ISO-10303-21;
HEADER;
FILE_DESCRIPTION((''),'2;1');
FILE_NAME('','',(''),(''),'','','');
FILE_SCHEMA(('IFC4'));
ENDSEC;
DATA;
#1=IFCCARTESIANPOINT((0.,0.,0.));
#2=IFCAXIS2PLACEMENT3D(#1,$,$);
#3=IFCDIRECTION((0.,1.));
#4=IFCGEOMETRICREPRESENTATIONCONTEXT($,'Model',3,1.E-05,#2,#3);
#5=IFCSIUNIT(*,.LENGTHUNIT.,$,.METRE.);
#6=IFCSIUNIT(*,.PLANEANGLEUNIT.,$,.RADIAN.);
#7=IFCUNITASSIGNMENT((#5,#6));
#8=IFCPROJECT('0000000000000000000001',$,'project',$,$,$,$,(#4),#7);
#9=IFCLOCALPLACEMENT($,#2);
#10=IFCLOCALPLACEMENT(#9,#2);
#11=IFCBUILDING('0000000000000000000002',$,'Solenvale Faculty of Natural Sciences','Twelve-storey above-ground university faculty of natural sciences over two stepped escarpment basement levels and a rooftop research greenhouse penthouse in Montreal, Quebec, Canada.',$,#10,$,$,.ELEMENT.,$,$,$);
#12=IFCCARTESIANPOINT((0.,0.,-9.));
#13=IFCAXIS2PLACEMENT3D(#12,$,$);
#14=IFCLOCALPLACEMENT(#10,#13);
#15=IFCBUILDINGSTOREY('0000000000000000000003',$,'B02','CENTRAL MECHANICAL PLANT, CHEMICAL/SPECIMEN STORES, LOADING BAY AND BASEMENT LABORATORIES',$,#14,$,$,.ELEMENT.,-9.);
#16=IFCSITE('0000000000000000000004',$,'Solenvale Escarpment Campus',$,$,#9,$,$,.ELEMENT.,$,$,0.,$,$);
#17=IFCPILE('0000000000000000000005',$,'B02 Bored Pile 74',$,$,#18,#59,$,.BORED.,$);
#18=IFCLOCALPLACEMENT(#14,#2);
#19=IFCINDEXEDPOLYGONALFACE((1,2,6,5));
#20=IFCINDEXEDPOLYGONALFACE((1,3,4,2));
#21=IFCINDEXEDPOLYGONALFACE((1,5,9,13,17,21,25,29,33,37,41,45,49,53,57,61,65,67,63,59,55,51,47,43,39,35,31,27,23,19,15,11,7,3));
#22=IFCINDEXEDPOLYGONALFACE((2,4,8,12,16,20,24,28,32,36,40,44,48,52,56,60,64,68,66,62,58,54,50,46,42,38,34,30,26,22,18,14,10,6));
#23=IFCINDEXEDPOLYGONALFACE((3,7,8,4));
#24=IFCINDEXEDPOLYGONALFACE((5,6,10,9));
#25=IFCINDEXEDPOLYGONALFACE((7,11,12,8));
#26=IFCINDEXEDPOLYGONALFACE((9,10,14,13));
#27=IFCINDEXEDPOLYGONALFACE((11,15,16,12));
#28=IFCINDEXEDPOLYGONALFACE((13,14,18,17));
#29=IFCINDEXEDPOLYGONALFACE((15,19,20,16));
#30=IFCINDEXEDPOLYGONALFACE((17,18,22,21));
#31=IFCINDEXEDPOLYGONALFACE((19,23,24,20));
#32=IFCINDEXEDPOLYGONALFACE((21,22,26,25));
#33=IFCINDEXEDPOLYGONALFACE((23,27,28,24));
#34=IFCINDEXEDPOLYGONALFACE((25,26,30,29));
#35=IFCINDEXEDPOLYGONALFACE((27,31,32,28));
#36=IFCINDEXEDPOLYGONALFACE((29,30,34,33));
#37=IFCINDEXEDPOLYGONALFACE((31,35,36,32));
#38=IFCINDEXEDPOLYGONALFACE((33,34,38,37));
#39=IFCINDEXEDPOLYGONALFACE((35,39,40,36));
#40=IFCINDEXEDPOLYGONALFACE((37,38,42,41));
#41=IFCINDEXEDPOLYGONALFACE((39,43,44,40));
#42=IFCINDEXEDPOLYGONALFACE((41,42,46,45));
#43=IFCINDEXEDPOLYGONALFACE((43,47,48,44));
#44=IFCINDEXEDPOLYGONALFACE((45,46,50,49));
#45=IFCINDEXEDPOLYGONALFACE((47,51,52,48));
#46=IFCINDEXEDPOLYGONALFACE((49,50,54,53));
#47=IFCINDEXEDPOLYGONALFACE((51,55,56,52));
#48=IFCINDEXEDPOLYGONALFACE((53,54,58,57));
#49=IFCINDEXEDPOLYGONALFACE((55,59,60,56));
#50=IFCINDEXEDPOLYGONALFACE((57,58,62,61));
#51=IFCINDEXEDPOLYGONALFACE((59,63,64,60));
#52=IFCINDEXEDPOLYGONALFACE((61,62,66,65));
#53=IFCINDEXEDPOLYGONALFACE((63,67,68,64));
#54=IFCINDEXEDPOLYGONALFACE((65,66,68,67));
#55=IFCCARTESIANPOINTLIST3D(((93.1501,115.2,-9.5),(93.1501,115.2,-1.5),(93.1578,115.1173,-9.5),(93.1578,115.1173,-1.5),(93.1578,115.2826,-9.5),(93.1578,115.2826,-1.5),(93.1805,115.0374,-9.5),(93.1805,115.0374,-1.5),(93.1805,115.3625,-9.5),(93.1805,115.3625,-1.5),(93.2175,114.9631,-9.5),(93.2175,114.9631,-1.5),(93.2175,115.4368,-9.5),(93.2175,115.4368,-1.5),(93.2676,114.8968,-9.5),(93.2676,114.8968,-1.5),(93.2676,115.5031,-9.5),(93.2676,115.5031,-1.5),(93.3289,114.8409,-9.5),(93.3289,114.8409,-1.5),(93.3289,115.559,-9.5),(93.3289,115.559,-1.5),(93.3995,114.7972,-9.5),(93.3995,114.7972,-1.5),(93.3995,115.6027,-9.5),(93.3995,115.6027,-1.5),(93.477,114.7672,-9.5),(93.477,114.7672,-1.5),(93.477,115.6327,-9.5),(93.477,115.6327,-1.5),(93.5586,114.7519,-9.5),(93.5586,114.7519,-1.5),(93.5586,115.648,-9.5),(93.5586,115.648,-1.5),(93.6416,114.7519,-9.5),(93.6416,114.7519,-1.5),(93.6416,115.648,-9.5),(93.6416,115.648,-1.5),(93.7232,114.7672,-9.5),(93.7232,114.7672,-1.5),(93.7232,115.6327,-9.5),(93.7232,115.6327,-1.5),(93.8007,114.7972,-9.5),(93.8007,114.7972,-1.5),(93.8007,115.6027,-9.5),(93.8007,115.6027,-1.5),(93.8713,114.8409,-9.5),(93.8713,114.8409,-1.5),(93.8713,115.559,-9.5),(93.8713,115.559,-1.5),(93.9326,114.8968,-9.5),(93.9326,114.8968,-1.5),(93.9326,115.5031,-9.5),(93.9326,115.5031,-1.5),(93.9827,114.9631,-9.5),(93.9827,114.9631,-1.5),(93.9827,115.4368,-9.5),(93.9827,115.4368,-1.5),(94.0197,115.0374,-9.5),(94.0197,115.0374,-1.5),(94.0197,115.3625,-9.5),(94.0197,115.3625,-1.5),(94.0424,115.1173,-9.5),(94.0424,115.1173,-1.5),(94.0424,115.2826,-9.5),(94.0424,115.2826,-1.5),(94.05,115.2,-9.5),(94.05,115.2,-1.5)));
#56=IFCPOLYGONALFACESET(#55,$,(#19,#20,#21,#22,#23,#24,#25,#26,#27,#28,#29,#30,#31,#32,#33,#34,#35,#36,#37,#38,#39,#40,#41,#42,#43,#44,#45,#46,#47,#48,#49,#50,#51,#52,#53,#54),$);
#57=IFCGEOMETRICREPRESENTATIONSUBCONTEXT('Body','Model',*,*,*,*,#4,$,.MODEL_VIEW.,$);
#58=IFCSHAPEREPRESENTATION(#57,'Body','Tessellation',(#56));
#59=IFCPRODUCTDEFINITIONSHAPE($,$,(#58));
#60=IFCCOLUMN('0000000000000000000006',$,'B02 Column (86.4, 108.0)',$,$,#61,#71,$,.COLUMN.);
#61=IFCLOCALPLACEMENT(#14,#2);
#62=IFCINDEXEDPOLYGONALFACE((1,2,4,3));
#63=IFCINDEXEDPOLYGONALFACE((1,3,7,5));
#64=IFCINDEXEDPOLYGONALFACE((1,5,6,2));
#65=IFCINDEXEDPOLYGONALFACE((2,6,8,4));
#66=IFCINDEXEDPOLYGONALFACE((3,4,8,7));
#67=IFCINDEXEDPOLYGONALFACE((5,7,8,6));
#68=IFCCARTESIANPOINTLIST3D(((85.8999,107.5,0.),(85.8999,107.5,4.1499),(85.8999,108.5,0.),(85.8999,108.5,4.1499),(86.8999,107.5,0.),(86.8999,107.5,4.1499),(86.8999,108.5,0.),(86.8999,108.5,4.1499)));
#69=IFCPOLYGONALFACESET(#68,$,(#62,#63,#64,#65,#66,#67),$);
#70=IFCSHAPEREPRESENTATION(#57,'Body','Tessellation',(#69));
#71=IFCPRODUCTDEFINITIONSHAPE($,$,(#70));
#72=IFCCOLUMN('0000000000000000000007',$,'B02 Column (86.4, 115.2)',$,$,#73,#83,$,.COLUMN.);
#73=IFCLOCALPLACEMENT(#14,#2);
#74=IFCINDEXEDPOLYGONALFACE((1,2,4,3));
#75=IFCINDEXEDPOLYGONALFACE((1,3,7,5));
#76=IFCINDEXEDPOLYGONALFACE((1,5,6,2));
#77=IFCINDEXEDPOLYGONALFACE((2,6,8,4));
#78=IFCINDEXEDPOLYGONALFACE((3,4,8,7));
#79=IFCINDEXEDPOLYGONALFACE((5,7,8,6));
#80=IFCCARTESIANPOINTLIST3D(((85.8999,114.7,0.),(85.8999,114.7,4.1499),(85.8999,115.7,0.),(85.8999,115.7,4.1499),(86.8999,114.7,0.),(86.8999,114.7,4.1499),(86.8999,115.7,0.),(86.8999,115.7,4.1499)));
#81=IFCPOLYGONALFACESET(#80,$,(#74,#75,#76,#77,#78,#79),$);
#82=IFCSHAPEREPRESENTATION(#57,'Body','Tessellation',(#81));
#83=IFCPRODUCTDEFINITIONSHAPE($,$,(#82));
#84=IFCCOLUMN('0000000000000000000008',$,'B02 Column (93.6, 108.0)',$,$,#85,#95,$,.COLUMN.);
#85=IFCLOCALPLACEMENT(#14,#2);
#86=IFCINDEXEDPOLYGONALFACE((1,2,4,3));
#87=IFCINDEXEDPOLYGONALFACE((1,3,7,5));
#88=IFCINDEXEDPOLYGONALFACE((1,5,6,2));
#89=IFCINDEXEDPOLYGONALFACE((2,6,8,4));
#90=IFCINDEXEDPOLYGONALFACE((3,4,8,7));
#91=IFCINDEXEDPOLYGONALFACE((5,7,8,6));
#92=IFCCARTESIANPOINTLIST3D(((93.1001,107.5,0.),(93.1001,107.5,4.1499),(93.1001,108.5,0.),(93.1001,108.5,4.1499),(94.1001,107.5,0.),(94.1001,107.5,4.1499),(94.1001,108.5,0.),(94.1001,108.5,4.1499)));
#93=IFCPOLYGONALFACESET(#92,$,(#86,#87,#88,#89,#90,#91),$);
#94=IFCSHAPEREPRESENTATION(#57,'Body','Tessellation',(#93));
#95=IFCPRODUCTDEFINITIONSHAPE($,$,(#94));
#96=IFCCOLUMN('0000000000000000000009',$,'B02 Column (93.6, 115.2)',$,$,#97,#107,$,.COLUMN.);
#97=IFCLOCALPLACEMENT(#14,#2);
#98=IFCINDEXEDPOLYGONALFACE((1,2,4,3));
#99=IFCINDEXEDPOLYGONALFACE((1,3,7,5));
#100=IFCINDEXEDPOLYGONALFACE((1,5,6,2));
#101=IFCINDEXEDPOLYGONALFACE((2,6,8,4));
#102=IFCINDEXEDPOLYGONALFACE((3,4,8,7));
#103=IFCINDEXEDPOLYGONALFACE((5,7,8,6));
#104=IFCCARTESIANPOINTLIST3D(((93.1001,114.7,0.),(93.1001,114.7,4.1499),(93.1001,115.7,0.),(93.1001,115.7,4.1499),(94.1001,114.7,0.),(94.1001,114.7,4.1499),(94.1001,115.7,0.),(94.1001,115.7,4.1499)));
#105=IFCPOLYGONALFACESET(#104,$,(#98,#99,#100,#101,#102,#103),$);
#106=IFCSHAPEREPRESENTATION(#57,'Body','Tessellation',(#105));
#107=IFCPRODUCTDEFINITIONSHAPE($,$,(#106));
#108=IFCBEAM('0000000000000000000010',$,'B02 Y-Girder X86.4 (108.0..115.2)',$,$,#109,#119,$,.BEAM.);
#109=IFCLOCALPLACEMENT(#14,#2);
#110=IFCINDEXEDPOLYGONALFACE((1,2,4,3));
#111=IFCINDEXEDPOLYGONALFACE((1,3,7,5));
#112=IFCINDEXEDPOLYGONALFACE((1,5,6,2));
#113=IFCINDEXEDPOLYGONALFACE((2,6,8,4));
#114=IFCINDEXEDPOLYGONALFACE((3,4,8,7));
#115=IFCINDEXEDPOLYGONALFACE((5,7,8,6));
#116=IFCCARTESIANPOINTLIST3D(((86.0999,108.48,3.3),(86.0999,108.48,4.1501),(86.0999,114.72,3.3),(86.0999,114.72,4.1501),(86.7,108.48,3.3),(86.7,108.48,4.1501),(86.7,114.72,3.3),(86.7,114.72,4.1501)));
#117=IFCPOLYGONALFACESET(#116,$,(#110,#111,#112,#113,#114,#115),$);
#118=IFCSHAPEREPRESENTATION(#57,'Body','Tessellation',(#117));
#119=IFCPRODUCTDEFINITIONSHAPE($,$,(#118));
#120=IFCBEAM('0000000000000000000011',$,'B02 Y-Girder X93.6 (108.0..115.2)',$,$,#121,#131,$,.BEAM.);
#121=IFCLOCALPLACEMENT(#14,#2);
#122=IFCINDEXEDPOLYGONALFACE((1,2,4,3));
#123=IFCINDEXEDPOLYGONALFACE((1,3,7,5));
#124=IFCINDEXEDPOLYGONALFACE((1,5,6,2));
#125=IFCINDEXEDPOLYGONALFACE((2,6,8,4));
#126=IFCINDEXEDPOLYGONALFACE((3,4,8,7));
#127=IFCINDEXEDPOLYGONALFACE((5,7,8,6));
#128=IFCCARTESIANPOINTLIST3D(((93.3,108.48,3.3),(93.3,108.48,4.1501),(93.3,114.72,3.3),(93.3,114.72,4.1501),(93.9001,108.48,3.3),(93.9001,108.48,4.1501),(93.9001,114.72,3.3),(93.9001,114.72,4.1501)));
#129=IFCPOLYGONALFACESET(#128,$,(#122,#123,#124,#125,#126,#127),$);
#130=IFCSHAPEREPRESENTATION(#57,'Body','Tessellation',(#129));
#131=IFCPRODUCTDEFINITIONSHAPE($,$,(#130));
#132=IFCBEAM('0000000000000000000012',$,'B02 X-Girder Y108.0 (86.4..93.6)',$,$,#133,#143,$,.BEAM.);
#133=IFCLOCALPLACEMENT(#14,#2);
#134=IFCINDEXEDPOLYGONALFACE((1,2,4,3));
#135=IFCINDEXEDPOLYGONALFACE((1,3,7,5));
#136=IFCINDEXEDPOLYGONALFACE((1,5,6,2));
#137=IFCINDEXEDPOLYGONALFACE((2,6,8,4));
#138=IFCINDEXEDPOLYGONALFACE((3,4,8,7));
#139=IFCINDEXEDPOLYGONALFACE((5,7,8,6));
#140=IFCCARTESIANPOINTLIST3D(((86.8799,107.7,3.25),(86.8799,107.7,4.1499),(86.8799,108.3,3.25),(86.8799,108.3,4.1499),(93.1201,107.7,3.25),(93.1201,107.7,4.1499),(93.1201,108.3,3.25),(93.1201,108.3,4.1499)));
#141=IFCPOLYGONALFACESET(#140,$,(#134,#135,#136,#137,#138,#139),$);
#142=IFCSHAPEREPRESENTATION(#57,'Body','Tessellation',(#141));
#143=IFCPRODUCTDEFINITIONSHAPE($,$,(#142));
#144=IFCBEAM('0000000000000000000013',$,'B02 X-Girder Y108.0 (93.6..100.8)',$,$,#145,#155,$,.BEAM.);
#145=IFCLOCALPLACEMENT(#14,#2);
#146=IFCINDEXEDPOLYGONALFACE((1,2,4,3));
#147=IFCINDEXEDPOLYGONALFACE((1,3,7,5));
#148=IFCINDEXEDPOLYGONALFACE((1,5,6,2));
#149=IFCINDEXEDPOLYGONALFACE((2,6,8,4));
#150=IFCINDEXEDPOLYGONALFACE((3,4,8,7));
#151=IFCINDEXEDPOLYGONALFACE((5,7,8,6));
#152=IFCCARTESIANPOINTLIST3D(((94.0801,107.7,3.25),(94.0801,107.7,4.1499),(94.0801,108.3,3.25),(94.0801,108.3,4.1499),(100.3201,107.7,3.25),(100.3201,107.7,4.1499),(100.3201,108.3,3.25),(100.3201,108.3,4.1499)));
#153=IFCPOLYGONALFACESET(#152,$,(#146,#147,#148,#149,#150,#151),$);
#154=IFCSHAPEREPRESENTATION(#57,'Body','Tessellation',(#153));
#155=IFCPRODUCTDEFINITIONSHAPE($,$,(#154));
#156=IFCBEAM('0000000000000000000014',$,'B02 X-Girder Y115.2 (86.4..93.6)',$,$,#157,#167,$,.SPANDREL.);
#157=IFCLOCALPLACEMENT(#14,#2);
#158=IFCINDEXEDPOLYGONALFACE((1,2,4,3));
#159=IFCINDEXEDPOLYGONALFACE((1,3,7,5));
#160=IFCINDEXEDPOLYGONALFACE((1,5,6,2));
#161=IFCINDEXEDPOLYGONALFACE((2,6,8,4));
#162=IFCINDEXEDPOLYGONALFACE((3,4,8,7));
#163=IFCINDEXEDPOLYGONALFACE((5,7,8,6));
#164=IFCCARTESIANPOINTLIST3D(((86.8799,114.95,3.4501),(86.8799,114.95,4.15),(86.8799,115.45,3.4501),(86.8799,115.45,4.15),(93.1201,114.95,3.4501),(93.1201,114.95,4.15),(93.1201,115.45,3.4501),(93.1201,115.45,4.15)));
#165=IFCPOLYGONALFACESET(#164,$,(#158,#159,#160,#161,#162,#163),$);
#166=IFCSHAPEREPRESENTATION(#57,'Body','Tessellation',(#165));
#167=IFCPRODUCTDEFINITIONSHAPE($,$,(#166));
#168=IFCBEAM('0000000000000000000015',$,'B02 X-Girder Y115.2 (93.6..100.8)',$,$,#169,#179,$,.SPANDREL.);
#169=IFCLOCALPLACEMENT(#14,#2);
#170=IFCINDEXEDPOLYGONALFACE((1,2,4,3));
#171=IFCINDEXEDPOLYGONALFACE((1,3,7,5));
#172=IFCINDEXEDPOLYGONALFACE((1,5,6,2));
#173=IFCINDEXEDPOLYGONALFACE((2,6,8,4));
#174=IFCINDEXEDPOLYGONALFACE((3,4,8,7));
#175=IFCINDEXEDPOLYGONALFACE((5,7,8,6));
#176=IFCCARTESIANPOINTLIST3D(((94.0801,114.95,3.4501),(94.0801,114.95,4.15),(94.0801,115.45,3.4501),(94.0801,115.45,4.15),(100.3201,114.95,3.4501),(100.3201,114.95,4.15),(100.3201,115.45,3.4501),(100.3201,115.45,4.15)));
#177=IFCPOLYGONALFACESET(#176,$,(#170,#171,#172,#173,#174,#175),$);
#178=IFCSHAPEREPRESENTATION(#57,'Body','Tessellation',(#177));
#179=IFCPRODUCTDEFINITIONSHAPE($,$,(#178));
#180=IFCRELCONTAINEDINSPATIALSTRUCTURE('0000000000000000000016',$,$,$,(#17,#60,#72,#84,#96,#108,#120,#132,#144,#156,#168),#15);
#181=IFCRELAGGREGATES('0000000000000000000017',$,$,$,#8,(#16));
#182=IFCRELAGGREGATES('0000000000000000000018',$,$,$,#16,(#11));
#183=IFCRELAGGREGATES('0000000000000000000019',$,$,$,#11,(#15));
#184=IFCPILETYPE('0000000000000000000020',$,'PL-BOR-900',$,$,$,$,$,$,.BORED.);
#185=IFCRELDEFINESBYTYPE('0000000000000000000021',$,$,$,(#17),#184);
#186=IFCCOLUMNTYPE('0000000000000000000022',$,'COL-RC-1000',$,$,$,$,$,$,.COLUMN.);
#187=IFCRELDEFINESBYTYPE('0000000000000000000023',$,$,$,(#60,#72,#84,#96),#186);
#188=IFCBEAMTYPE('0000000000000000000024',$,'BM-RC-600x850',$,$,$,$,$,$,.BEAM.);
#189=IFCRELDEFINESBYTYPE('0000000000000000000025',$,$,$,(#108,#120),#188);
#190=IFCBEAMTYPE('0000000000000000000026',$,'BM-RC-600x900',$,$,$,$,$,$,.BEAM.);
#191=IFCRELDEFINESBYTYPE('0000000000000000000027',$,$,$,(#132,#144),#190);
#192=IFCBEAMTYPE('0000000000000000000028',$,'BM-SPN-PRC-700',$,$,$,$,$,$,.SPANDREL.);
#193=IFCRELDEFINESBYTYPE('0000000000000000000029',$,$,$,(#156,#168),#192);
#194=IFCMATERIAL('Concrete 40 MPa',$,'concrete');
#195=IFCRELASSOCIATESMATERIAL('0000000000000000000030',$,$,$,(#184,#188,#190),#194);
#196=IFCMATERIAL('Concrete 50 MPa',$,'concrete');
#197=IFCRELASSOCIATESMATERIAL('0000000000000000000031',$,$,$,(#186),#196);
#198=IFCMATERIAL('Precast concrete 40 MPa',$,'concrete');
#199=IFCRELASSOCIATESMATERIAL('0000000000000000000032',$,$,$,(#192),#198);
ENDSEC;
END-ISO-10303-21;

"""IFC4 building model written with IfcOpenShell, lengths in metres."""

from ifc_helpers import new_model, si_unit, direction, frame, origin, origin_2d, place, context, subcontext, project, spatial, rectangle, circle, extrude, material, material_profile, profile_set, type_object, element, save


model = new_model("IFC4")

# Units and contexts
model_context = context("Model", 3, precision=1e-05, world=origin(), true_north=direction((0.0, 1.0)))
body_context = subcontext(model_context, "Body", "Model", "MODEL_VIEW")
ifc_project = project(units=[si_unit("LENGTHUNIT", "METRE"), si_unit("PLANEANGLEUNIT", "RADIAN")], contexts=[model_context])

# Site, building, storey
site_placement = place(None, origin())
site = spatial("IfcSite", under=ifc_project, at=site_placement, Name="Solenvale Escarpment Campus", CompositionType="ELEMENT", RefElevation=0.0)
building_placement = place(site_placement, origin())
building = spatial("IfcBuilding", under=site, at=building_placement, Name="Solenvale Faculty of Natural Sciences", Description="Twelve-storey above-ground university faculty of natural sciences over two stepped escarpment basement levels and a rooftop research greenhouse penthouse in Montreal, Quebec, Canada.", CompositionType="ELEMENT")
storey_placement = place(building_placement, frame((0.0, 0.0, -9.0)))
storey = spatial("IfcBuildingStorey", under=building, at=storey_placement, Name="B02", Description="CENTRAL MECHANICAL PLANT, CHEMICAL/SPECIMEN STORES, LOADING BAY AND BASEMENT LABORATORIES", CompositionType="ELEMENT", Elevation=-9.0)

# Shared definitions
ifc_material_1 = material(Name="Concrete 40 MPa", Category="concrete")

# Pile
ifc_material_profile_1 = material_profile(ifc_material_1, circle(Radius=0.45, at=origin_2d()), Name="PILE-D900")
ifc_profile_set_1 = profile_set([ifc_material_profile_1], Name="Concrete 40 MPa")
pile_type = type_object("IfcPileType", Name="PL-BOR-900", PredefinedType="BORED", material=ifc_profile_set_1)
for number, where, z_axis, x_axis, name in (
    (1, (93.6001, 115.2, -1.5), (0.0, 0.0, -1.0), (1.0, 0.0, 0.0), "B02 Bored Pile 74"),
):
    element("IfcPile", number, at=place(storey_placement, frame(where, z_axis=z_axis, x_axis=x_axis)), inside=storey, type_object=pile_type, Name=name, PredefinedType="BORED", context=body_context, shape_type="SweptSolid", body=[
        extrude(circle(Radius=0.45, at=origin_2d()), origin(), (0.0, 0.0, 1.0), 8.0),
    ])

# Columns
ifc_material_2 = material(Name="Concrete 50 MPa", Category="concrete")
ifc_material_profile_2 = material_profile(ifc_material_2, rectangle(XDim=1.0, YDim=1.0, at=origin_2d()), Name="RC-COL-1000x1000")
ifc_profile_set_2 = profile_set([ifc_material_profile_2], Name="Concrete 50 MPa")
column_type = type_object("IfcColumnType", Name="COL-RC-1000", PredefinedType="COLUMN", material=ifc_profile_set_2)
for number, where, z_axis, x_axis, name in (
    (2, (86.3999, 108.0, 0.0), (0.0, 0.0, 1.0), (1.0, 0.0, 0.0), "B02 Column (86.4, 108.0)"),
    (3, (86.3999, 115.2, 0.0), (0.0, 0.0, 1.0), (1.0, 0.0, 0.0), "B02 Column (86.4, 115.2)"),
    (4, (93.6001, 108.0, 0.0), (0.0, 0.0, 1.0), (1.0, 0.0, 0.0), "B02 Column (93.6, 108.0)"),
    (5, (93.6001, 115.2, 0.0), (0.0, 0.0, 1.0), (1.0, 0.0, 0.0), "B02 Column (93.6, 115.2)"),
):
    element("IfcColumn", number, at=place(storey_placement, frame(where, z_axis=z_axis, x_axis=x_axis)), inside=storey, type_object=column_type, Name=name, PredefinedType="COLUMN", context=body_context, shape_type="SweptSolid", body=[
        extrude(rectangle(XDim=1.0, YDim=1.0, at=origin_2d()), origin(), (0.0, 0.0, 1.0), 4.1499),
    ])

# Beams
ifc_material_profile_3 = material_profile(ifc_material_1, rectangle(XDim=0.6001, YDim=0.8501, at=origin_2d()), Name="RC-BM-600x850")
ifc_profile_set_3 = profile_set([ifc_material_profile_3], Name="Concrete 40 MPa")
beam_type_1 = type_object("IfcBeamType", Name="BM-RC-600x850", PredefinedType="BEAM", material=ifc_profile_set_3)
for number, where, z_axis, x_axis, name in (
    (6, (86.3999, 108.48, 3.7251), (0.0, 1.0, 0.0), (-1.0, 0.0, 0.0), "B02 Y-Girder X86.4 (108.0..115.2)"),
    (7, (93.6001, 108.48, 3.7251), (0.0, 1.0, 0.0), (-1.0, 0.0, 0.0), "B02 Y-Girder X93.6 (108.0..115.2)"),
):
    element("IfcBeam", number, at=place(storey_placement, frame(where, z_axis=z_axis, x_axis=x_axis)), inside=storey, type_object=beam_type_1, Name=name, PredefinedType="BEAM", context=body_context, shape_type="SweptSolid", body=[
        extrude(rectangle(XDim=0.6001, YDim=0.8501, at=origin_2d()), origin(), (0.0, 0.0, 1.0), 6.24),
    ])
ifc_material_profile_4 = material_profile(ifc_material_1, rectangle(XDim=0.6001, YDim=0.8999, at=origin_2d()), Name="RC-BM-600x900")
ifc_profile_set_4 = profile_set([ifc_material_profile_4], Name="Concrete 40 MPa")
beam_type_2 = type_object("IfcBeamType", Name="BM-RC-600x900", PredefinedType="BEAM", material=ifc_profile_set_4)
beam_1_placement = place(storey_placement, frame((86.8799, 108.0, 3.7), z_axis=(1.0, 0.0, 0.0), x_axis=(0.0, 1.0, 0.0)))
element("IfcBeam", 8, at=beam_1_placement, inside=storey, type_object=beam_type_2, Name="B02 X-Girder Y108.0 (86.4..93.6)", PredefinedType="BEAM", context=body_context, shape_type="SweptSolid", body=[
    extrude(rectangle(XDim=0.6001, YDim=0.8999, at=origin_2d()), origin(), (0.0, 0.0, 1.0), 6.2402),
])
beam_2_placement = place(storey_placement, frame((94.0801, 108.0, 3.7), z_axis=(1.0, 0.0, 0.0), x_axis=(0.0, 1.0, 0.0)))
element("IfcBeam", 9, at=beam_2_placement, inside=storey, type_object=beam_type_2, Name="B02 X-Girder Y108.0 (93.6..100.8)", PredefinedType="BEAM", context=body_context, shape_type="SweptSolid", body=[
    extrude(rectangle(XDim=0.6001, YDim=0.8999, at=origin_2d()), origin(), (0.0, 0.0, 1.0), 6.24),
])
ifc_material_3 = material(Name="Precast concrete 40 MPa", Category="concrete")
ifc_material_profile_5 = material_profile(ifc_material_3, rectangle(XDim=0.5, YDim=0.7, at=origin_2d()), Name="RC-BM-500x700")
ifc_profile_set_5 = profile_set([ifc_material_profile_5], Name="Precast concrete 40 MPa")
beam_type_3 = type_object("IfcBeamType", Name="BM-SPN-PRC-700", PredefinedType="SPANDREL", material=ifc_profile_set_5)
beam_3_placement = place(storey_placement, frame((86.8799, 115.2, 3.8), z_axis=(1.0, 0.0, 0.0), x_axis=(0.0, 1.0, 0.0)))
element("IfcBeam", 10, at=beam_3_placement, inside=storey, type_object=beam_type_3, Name="B02 X-Girder Y115.2 (86.4..93.6)", PredefinedType="SPANDREL", context=body_context, shape_type="SweptSolid", body=[
    extrude(rectangle(XDim=0.5, YDim=0.7, at=origin_2d()), origin(), (0.0, 0.0, 1.0), 6.2402),
])
beam_4_placement = place(storey_placement, frame((94.0801, 115.2, 3.8), z_axis=(1.0, 0.0, 0.0), x_axis=(0.0, 1.0, 0.0)))
element("IfcBeam", 11, at=beam_4_placement, inside=storey, type_object=beam_type_3, Name="B02 X-Girder Y115.2 (93.6..100.8)", PredefinedType="SPANDREL", context=body_context, shape_type="SweptSolid", body=[
    extrude(rectangle(XDim=0.5, YDim=0.7, at=origin_2d()), origin(), (0.0, 0.0, 1.0), 6.24),
])

save(model, "model.ifc")
